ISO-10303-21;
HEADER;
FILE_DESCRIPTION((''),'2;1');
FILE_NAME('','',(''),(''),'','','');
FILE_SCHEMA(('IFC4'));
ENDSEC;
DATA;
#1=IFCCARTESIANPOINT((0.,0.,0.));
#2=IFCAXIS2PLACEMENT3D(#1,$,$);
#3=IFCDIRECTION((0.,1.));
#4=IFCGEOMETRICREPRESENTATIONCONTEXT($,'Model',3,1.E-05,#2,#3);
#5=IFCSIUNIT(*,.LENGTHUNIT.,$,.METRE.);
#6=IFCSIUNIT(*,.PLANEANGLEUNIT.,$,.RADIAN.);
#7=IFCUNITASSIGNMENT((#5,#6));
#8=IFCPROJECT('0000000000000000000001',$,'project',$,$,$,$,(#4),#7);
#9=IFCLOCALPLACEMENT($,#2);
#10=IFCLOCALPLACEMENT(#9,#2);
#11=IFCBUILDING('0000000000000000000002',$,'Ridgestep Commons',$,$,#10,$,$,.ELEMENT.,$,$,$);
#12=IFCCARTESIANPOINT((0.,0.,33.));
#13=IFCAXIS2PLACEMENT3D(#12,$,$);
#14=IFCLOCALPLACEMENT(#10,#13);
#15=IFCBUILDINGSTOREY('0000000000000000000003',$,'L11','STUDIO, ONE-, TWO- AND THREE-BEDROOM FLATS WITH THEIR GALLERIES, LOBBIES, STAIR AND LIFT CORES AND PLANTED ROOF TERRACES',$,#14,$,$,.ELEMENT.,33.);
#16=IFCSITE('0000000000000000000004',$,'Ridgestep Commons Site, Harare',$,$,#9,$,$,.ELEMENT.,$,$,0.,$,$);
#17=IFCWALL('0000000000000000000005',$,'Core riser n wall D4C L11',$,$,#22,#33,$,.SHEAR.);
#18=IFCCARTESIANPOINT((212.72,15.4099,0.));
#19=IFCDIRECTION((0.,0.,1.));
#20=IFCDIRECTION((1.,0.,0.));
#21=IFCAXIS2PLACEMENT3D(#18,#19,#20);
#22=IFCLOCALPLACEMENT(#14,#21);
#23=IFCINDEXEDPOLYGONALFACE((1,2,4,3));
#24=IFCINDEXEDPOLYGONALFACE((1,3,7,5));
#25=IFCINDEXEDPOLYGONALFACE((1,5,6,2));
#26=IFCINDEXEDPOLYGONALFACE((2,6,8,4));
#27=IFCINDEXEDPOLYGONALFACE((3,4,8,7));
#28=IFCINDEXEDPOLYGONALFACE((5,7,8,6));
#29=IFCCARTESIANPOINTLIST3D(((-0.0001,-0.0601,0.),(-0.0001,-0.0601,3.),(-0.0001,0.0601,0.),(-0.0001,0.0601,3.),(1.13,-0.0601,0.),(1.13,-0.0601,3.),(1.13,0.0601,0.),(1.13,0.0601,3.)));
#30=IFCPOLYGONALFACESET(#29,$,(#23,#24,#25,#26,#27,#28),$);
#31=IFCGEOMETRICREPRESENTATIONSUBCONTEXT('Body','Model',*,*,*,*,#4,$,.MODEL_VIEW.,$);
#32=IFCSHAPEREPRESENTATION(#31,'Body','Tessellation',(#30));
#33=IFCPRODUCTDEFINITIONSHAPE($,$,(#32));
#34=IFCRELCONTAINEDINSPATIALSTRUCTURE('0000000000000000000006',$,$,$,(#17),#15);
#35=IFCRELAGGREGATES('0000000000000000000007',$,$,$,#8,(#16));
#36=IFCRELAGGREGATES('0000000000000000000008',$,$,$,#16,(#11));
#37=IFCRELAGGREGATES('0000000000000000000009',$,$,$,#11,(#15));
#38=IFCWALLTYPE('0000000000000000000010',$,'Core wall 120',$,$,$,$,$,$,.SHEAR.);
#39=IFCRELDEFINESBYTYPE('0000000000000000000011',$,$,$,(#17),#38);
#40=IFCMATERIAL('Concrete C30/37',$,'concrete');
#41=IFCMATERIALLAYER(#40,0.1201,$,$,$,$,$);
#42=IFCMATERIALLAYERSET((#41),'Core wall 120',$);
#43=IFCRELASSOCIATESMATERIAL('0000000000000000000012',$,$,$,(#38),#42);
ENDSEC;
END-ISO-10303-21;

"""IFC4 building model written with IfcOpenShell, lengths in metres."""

from ifc_helpers import new_model, si_unit, direction, frame, frame_2d, origin, place, context, subcontext, project, spatial, rectangle, extrude, material, layer, layer_set, type_object, element, save


model = new_model("IFC4")

# Units and contexts
model_context = context("Model", 3, precision=1e-05, world=origin(), true_north=direction((0.0, 1.0)))
body_context = subcontext(model_context, "Body", "Model", "MODEL_VIEW")
ifc_project = project(units=[si_unit("LENGTHUNIT", "METRE"), si_unit("PLANEANGLEUNIT", "RADIAN")], contexts=[model_context])

# Site, building, storey
site_placement = place(None, origin())
site = spatial("IfcSite", under=ifc_project, at=site_placement, Name="Ridgestep Commons Site, Harare", CompositionType="ELEMENT", RefElevation=0.0)
building_placement = place(site_placement, origin())
building = spatial("IfcBuilding", under=site, at=building_placement, Name="Ridgestep Commons", CompositionType="ELEMENT")
storey_placement = place(building_placement, frame((0.0, 0.0, 33.0)))
storey = spatial("IfcBuildingStorey", under=building, at=storey_placement, Name="L11", Description="STUDIO, ONE-, TWO- AND THREE-BEDROOM FLATS WITH THEIR GALLERIES, LOBBIES, STAIR AND LIFT CORES AND PLANTED ROOF TERRACES", CompositionType="ELEMENT", Elevation=33.0)

# Wall
ifc_material_1 = material(Name="Concrete C30/37", Category="concrete")
ifc_layer_1 = layer(ifc_material_1, 0.1201)
ifc_layer_set_1 = layer_set([ifc_layer_1], Name="Core wall 120")
wall_type_1 = type_object("IfcWallType", Name="Core wall 120", PredefinedType="SHEAR", material=ifc_layer_set_1)
wall_1_placement = place(storey_placement, frame((212.72, 15.4099, 0.0), z_axis=(0.0, 0.0, 1.0), x_axis=(1.0, 0.0, 0.0)))
element("IfcWall", 1, at=wall_1_placement, inside=storey, type_object=wall_type_1, Name="Core riser n wall D4C L11", PredefinedType="SHEAR", context=body_context, shape_type="SweptSolid", body=[
    extrude(rectangle(XDim=1.1301, YDim=0.1201, at=frame_2d((0.5649, 0.0))), origin(), (0.0, 0.0, 1.0), 3.0),
])

save(model, "model.ifc")
